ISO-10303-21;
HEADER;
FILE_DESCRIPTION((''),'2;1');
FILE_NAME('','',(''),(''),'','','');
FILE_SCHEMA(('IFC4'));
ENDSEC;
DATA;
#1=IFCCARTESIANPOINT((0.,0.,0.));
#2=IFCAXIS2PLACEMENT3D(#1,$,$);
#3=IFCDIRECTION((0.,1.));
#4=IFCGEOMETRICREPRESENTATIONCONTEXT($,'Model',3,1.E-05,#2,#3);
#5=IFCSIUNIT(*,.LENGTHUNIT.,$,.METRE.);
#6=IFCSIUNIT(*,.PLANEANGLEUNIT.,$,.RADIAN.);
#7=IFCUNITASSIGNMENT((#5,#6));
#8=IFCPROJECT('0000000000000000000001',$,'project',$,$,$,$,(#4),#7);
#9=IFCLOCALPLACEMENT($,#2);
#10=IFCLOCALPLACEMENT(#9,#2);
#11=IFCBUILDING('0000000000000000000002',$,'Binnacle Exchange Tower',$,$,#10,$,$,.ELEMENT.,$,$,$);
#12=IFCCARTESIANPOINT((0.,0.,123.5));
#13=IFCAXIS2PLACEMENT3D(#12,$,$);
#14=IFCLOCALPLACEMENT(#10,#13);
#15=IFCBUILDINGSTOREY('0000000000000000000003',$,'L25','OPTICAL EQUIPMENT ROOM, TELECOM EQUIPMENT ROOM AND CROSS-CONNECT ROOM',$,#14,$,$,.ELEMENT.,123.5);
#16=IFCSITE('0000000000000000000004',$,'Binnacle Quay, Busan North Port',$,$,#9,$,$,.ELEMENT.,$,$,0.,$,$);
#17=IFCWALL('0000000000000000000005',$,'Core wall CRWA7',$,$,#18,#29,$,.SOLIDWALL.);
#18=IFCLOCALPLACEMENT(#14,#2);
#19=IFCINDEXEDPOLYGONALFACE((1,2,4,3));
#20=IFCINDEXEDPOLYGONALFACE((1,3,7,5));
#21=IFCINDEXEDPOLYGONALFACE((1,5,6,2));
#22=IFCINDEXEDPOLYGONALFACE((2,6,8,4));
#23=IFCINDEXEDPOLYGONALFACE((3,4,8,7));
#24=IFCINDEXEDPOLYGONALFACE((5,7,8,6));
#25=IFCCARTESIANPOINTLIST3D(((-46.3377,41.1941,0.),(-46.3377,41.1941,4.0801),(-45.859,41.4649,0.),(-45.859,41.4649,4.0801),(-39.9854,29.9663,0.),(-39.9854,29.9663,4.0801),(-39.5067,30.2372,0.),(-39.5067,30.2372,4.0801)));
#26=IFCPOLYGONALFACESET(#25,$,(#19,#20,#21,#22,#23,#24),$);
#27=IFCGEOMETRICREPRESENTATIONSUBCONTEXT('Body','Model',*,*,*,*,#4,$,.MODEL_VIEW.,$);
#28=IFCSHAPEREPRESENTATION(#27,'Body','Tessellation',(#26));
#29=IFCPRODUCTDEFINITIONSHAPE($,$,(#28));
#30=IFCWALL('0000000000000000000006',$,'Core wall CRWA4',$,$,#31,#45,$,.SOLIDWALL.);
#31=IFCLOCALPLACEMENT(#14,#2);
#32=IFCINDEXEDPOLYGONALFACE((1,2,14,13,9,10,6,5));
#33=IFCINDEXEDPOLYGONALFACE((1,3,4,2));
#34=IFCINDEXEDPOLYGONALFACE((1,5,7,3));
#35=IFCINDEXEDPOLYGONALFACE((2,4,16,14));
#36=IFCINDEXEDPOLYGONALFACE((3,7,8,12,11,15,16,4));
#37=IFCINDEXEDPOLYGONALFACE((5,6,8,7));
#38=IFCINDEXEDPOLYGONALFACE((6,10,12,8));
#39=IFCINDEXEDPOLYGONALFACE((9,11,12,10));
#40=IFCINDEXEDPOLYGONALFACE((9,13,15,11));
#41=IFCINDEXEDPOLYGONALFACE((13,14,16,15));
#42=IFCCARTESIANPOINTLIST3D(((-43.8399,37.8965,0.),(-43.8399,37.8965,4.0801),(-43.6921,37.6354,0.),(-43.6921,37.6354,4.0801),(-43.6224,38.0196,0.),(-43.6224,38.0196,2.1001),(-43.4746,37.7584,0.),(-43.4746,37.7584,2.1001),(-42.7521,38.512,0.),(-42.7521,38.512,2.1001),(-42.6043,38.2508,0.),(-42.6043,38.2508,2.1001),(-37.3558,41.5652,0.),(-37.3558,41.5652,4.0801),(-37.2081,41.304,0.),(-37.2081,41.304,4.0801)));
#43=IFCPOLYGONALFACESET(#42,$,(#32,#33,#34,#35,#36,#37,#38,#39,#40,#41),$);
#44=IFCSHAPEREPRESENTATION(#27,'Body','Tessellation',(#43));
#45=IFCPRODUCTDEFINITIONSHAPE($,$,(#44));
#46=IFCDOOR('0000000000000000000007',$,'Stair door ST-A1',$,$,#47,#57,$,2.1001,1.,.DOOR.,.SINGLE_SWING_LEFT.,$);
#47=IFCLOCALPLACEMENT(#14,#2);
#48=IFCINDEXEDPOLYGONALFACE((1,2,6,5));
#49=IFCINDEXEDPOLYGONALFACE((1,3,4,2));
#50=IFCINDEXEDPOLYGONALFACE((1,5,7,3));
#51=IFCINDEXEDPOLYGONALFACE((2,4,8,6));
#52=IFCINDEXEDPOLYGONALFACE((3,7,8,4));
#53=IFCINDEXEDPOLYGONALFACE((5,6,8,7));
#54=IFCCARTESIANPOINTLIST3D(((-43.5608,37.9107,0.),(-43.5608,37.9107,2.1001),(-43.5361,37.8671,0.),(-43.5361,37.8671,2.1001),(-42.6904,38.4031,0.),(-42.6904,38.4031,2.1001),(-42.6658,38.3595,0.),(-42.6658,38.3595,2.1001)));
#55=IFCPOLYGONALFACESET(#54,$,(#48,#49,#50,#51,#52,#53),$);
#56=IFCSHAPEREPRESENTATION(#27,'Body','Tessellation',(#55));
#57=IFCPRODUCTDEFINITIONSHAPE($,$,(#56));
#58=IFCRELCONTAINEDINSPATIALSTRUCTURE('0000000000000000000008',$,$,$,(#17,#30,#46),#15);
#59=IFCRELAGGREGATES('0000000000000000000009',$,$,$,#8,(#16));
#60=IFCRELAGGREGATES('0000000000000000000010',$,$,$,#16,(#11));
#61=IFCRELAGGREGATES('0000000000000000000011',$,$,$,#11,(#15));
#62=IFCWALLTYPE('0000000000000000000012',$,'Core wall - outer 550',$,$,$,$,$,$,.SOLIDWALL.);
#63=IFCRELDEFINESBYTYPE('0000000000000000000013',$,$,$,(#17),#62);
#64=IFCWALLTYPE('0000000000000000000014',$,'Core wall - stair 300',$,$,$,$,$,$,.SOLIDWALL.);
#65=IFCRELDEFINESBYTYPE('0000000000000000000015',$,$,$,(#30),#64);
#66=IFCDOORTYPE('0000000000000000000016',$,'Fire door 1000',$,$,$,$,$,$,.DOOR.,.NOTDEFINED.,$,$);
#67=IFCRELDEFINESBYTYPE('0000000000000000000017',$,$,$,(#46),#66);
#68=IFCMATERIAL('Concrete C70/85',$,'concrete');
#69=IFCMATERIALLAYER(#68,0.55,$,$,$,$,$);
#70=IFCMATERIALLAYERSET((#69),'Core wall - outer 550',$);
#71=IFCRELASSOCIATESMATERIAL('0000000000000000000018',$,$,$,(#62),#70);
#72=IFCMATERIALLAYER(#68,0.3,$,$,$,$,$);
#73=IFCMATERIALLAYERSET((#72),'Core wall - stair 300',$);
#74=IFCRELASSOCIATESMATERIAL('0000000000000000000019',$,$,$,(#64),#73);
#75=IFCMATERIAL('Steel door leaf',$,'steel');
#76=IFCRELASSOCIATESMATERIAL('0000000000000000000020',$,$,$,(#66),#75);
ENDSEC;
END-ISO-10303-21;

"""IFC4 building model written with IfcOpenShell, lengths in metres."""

from ifc_helpers import new_model, si_unit, direction, frame, frame_2d, origin, place, context, subcontext, project, spatial, rectangle, extrude, material, layer, layer_set, type_object, element, fill, save


model = new_model("IFC4")

# Units and contexts
model_context = context("Model", 3, precision=1e-05, world=origin(), true_north=direction((0.0, 1.0)))
body_context = subcontext(model_context, "Body", "Model", "MODEL_VIEW")
ifc_project = project(units=[si_unit("LENGTHUNIT", "METRE"), si_unit("PLANEANGLEUNIT", "RADIAN")], contexts=[model_context])

# Site, building, storey
site_placement = place(None, origin())
site = spatial("IfcSite", under=ifc_project, at=site_placement, Name="Binnacle Quay, Busan North Port", CompositionType="ELEMENT", RefElevation=0.0)
building_placement = place(site_placement, origin())
building = spatial("IfcBuilding", under=site, at=building_placement, Name="Binnacle Exchange Tower", CompositionType="ELEMENT")
storey_placement = place(building_placement, frame((0.0, 0.0, 123.5)))
storey = spatial("IfcBuildingStorey", under=building, at=storey_placement, Name="L25", Description="OPTICAL EQUIPMENT ROOM, TELECOM EQUIPMENT ROOM AND CROSS-CONNECT ROOM", CompositionType="ELEMENT", Elevation=123.5)

# Shared definitions
ifc_material_1 = material(Name="Concrete C70/85", Category="concrete")

# Wall
ifc_layer_1 = layer(ifc_material_1, 0.55)
ifc_layer_set_1 = layer_set([ifc_layer_1], Name="Core wall - outer 550")
wall_type_1 = type_object("IfcWallType", Name="Core wall - outer 550", PredefinedType="SOLIDWALL", material=ifc_layer_set_1)
wall_1_placement = place(storey_placement, frame((-46.0984, 41.3296, 0.0), z_axis=(0.0, 0.0, 1.0), x_axis=(0.492419, -0.870358, 0.0)))
element("IfcWall", 1, at=wall_1_placement, inside=storey, type_object=wall_type_1, Name="Core wall CRWA7", PredefinedType="SOLIDWALL", context=body_context, shape_type="SweptSolid", body=[
    extrude(rectangle(XDim=12.9001, YDim=0.55, at=frame_2d((6.4502, 0.0))), origin(), (0.0, 0.0, 1.0), 4.0801),
])

# Wall, opening, door
ifc_layer_2 = layer(ifc_material_1, 0.3)
ifc_layer_set_2 = layer_set([ifc_layer_2], Name="Core wall - stair 300")
wall_type_2 = type_object("IfcWallType", Name="Core wall - stair 300", PredefinedType="SOLIDWALL", material=ifc_layer_set_2)
wall_2_placement = place(storey_placement, frame((-43.7661, 37.7659, 0.0), z_axis=(0.0, 0.0, 1.0), x_axis=(0.870347, 0.492439, 0.0)))
wall_2 = element("IfcWall", 2, at=wall_2_placement, inside=storey, type_object=wall_type_2, Name="Core wall CRWA4", PredefinedType="SOLIDWALL", context=body_context, shape_type="SweptSolid", body=[
    extrude(rectangle(XDim=7.45, YDim=0.3, at=frame_2d((3.7251, 0.0))), origin(), (0.0, 0.0, 1.0), 4.0801),
])
opening_1_placement = place(wall_2_placement, frame((0.25, 0.0, 0.0)))
opening_1 = element("IfcOpeningElement", 3, at=opening_1_placement, cuts=wall_2, PredefinedType="OPENING", context=body_context, shape_type="SweptSolid", body=[
    extrude(rectangle(XDim=1.0, YDim=2.1001, at=frame_2d((0.5, 1.05))), frame((0.0, 0.1599, 0.0), z_axis=(0.0, -1.0, 0.0), x_axis=(1.0, 0.0, 0.0)), (0.0, 0.0, 1.0), 0.3201),
])
ifc_material_2 = material(Name="Steel door leaf", Category="steel")
door_type = type_object("IfcDoorType", Name="Fire door 1000", OperationType="NOTDEFINED", PredefinedType="DOOR", material=ifc_material_2)
door_placement = place(opening_1_placement, origin())
door = element("IfcDoor", 4, at=door_placement, inside=storey, type_object=door_type, Name="Stair door ST-A1", OperationType="SINGLE_SWING_LEFT", OverallHeight=2.1001, OverallWidth=1.0, PredefinedType="DOOR", context=body_context, shape_type="SweptSolid", body=[
    extrude(rectangle(XDim=1.0, YDim=2.1001, at=frame_2d((0.5, 1.05))), frame((0.0, 0.0249, 0.0), z_axis=(0.0, -1.0, 0.0), x_axis=(1.0, 0.0, 0.0)), (0.0, 0.0, 1.0), 0.05),
])
fill(opening_1, door)

save(model, "model.ifc")
